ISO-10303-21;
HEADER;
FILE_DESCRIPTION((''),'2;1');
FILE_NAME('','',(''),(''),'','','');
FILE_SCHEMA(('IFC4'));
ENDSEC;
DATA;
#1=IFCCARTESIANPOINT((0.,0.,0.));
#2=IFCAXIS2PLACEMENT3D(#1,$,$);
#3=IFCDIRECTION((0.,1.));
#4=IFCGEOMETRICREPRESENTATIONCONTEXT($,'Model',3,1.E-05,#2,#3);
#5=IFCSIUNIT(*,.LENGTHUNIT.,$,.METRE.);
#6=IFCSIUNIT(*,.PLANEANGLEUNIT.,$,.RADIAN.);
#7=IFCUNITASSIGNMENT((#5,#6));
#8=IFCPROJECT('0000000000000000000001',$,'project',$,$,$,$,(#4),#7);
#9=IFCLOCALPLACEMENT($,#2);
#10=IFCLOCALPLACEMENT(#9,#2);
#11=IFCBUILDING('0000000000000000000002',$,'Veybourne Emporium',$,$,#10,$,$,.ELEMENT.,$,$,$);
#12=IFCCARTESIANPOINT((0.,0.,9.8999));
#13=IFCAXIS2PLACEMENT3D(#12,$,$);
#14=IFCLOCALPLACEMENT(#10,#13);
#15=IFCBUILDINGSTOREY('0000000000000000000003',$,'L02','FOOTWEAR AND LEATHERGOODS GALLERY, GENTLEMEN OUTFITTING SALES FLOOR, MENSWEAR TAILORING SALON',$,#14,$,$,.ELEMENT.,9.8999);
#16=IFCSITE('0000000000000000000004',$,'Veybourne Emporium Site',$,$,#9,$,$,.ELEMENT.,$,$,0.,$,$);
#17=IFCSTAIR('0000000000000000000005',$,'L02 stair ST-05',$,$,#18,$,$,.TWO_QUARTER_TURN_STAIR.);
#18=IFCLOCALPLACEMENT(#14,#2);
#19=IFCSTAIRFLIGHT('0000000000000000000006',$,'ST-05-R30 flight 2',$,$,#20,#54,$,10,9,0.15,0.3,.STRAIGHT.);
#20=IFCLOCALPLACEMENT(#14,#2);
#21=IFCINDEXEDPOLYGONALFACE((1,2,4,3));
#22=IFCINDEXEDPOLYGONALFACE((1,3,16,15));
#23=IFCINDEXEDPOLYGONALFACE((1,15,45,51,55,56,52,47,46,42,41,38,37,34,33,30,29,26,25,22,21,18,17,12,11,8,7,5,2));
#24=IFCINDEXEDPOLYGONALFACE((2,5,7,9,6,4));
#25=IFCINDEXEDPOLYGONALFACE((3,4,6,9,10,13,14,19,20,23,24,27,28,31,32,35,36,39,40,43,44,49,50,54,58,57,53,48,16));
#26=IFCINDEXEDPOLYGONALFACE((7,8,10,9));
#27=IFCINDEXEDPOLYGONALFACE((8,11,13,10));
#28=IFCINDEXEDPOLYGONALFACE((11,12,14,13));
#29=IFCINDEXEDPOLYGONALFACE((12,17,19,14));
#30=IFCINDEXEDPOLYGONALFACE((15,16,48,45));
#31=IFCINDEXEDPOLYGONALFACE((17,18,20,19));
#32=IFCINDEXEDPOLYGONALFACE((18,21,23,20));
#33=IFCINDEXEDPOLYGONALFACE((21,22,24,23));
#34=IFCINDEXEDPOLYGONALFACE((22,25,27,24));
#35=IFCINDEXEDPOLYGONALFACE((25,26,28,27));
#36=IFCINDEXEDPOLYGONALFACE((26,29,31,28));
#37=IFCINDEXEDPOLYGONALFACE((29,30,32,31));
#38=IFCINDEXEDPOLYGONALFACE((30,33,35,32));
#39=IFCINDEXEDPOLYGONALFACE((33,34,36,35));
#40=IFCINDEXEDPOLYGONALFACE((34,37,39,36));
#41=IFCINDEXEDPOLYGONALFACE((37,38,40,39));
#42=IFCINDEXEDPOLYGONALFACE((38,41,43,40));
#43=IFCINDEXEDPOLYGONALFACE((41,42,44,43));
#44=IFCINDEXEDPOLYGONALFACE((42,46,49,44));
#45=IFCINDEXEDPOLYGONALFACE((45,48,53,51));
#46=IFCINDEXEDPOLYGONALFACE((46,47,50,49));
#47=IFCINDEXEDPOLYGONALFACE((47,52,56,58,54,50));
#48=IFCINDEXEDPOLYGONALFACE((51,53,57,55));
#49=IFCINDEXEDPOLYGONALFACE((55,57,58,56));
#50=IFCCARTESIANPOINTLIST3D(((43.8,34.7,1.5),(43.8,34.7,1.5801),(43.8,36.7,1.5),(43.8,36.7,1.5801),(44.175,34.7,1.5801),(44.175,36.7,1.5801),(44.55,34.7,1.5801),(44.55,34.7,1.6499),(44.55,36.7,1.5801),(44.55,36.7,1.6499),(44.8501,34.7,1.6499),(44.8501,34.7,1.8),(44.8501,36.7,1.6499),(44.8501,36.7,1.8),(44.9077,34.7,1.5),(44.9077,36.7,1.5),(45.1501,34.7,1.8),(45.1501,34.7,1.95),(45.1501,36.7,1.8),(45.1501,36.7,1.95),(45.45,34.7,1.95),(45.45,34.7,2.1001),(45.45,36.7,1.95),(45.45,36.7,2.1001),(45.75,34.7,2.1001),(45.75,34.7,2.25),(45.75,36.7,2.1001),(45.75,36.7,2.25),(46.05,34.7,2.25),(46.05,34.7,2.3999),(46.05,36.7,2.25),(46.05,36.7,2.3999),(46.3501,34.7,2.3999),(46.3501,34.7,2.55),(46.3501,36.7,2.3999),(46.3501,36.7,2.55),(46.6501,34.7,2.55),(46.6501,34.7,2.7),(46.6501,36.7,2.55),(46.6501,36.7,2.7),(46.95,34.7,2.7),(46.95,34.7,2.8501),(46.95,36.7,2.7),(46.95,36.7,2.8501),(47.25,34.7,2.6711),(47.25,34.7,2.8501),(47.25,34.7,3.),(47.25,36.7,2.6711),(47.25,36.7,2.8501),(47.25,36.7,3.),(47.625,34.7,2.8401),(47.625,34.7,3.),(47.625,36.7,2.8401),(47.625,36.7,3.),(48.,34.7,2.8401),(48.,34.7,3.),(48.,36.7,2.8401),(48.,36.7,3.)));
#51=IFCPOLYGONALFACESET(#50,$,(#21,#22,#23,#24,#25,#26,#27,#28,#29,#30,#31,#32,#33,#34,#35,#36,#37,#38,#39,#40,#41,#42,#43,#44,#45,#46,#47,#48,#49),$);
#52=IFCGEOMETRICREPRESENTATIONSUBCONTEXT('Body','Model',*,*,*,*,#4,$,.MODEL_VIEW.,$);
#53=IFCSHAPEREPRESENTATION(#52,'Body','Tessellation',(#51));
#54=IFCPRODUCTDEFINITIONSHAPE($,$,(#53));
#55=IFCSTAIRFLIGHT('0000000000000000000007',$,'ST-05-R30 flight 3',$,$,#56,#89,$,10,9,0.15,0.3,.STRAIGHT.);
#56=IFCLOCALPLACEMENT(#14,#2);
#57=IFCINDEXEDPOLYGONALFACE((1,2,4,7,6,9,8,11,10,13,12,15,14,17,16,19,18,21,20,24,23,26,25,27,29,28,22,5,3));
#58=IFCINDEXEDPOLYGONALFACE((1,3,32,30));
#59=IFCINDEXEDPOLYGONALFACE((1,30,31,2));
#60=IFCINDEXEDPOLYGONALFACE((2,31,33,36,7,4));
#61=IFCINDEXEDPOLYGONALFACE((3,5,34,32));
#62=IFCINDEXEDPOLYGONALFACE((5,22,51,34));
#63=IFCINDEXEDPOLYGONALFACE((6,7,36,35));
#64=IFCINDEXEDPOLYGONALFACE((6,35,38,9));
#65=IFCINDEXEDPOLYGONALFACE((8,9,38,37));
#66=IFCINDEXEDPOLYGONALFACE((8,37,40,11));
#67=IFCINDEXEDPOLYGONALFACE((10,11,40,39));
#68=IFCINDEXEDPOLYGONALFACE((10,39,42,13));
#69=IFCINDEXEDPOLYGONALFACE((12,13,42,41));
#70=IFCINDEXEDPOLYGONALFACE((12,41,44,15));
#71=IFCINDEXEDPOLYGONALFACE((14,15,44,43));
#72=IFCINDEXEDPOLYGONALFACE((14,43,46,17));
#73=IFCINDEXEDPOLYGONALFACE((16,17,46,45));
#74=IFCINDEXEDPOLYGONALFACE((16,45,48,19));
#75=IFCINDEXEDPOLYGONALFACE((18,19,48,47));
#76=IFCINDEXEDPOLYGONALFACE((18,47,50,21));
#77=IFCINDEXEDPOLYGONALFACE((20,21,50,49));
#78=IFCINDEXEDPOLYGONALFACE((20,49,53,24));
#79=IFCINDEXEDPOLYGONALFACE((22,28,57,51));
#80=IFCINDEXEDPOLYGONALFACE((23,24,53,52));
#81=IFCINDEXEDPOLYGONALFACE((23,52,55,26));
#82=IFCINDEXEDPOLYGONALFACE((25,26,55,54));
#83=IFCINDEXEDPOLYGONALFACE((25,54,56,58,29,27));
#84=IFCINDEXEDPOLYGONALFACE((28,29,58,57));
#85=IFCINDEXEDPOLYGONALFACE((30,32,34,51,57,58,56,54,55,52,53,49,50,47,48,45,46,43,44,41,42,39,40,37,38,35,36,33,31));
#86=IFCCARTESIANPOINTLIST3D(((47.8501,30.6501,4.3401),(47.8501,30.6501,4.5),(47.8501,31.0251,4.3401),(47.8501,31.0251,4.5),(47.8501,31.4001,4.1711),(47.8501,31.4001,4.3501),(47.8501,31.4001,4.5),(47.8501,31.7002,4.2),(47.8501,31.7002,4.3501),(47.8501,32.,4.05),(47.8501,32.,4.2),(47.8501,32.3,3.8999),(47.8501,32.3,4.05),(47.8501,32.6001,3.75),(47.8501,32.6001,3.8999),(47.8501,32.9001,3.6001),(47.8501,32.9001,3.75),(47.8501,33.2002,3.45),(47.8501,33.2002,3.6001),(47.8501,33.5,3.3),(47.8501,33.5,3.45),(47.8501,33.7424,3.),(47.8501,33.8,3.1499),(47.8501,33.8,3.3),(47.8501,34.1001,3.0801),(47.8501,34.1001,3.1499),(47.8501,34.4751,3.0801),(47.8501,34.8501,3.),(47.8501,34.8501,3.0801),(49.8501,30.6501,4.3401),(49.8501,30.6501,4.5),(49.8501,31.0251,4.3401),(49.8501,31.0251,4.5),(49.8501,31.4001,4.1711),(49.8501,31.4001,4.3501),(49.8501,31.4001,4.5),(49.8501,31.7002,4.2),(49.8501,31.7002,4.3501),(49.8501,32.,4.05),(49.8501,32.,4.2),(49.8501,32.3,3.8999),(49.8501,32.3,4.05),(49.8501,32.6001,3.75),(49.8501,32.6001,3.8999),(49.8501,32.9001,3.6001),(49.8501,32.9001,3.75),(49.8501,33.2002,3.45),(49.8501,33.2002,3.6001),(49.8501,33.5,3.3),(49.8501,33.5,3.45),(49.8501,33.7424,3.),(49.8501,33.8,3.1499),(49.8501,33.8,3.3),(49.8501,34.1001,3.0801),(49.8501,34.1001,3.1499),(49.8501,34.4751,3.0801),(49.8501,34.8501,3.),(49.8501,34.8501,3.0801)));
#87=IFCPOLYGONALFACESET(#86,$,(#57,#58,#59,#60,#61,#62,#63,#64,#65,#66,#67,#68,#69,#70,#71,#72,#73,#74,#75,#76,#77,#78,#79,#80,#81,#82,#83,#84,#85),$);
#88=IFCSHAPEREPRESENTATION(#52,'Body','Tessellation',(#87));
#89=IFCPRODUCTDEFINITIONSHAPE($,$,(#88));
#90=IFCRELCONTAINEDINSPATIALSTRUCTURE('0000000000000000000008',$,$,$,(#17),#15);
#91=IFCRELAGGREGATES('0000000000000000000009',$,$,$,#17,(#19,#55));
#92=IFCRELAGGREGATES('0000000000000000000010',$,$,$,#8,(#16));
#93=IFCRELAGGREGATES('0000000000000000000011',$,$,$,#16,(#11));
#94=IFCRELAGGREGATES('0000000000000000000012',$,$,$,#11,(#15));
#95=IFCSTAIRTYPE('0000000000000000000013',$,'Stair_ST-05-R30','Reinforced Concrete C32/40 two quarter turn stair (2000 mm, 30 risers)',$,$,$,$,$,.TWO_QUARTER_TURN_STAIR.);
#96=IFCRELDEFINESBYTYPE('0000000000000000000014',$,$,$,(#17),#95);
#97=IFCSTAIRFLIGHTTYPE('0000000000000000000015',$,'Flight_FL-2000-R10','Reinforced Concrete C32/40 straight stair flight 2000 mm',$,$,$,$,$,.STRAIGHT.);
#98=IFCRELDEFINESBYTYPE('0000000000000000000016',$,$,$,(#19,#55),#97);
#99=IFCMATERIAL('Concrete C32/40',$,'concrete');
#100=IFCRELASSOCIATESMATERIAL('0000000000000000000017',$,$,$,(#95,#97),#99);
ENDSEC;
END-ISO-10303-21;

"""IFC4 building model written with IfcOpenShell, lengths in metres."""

from ifc_helpers import new_model, si_unit, direction, frame, origin, place, context, subcontext, project, spatial, polyline, outline, extrude, material, type_object, element, aggregate, save


model = new_model("IFC4")

# Units and contexts
model_context = context("Model", 3, precision=1e-05, world=origin(), true_north=direction((0.0, 1.0)))
body_context = subcontext(model_context, "Body", "Model", "MODEL_VIEW")
ifc_project = project(units=[si_unit("LENGTHUNIT", "METRE"), si_unit("PLANEANGLEUNIT", "RADIAN")], contexts=[model_context])

# Site, building, storey
site_placement = place(None, origin())
site = spatial("IfcSite", under=ifc_project, at=site_placement, Name="Veybourne Emporium Site", CompositionType="ELEMENT", RefElevation=0.0)
building_placement = place(site_placement, origin())
building = spatial("IfcBuilding", under=site, at=building_placement, Name="Veybourne Emporium", CompositionType="ELEMENT")
storey_placement = place(building_placement, frame((0.0, 0.0, 9.8999)))
storey = spatial("IfcBuildingStorey", under=building, at=storey_placement, Name="L02", Description="FOOTWEAR AND LEATHERGOODS GALLERY, GENTLEMEN OUTFITTING SALES FLOOR, MENSWEAR TAILORING SALON", CompositionType="ELEMENT", Elevation=9.8999)

# Shared definitions
ifc_material_1 = material(Name="Concrete C32/40", Category="concrete")

# Stair, stair flights
stair_type = type_object("IfcStairType", Name="Stair_ST-05-R30", Description="Reinforced Concrete C32/40 two quarter turn stair (2000 mm, 30 risers)", PredefinedType="TWO_QUARTER_TURN_STAIR", material=ifc_material_1)
stair_placement = place(storey_placement, origin())
stair = element("IfcStair", 1, at=stair_placement, inside=storey, type_object=stair_type, Name="L02 stair ST-05", PredefinedType="TWO_QUARTER_TURN_STAIR")
stair_flight_type = type_object("IfcStairFlightType", Name="Flight_FL-2000-R10", Description="Reinforced Concrete C32/40 straight stair flight 2000 mm", PredefinedType="STRAIGHT", material=ifc_material_1)
stair_flight_1_placement = place(storey_placement, frame((44.55, 35.7, 1.5), z_axis=(0.0, 0.0, 1.0), x_axis=(1.0, 0.0, 0.0)))
stair_flight_1 = element("IfcStairFlight", 2, at=stair_flight_1_placement, type_object=stair_flight_type, Name="ST-05-R30 flight 2", NumberOfRisers=10, NumberOfTreads=9, PredefinedType="STRAIGHT", RiserHeight=0.15, TreadLength=0.3, context=body_context, shape_type="SweptSolid", body=[
    extrude(outline(polyline([(-0.75, 0.0), (-0.75, 0.0801), (-0.375, 0.0801), (0.0, 0.0801), (0.0, 0.1499), (0.3, 0.1499), (0.3, 0.3), (0.6001, 0.3), (0.6001, 0.45), (0.8999, 0.45), (0.8999, 0.6001), (1.2, 0.6001), (1.2, 0.75), (1.5, 0.75), (1.5, 0.8999), (1.8, 0.8999), (1.8, 1.05), (2.1001, 1.05), (2.1001, 1.2), (2.3999, 1.2), (2.3999, 1.3501), (2.7, 1.3501), (2.7, 1.5), (3.075, 1.5), (3.45, 1.5), (3.45, 1.3401), (3.075, 1.3401), (2.7, 1.1711), (0.3577, 0.0), (-0.75, 0.0)])), frame((0.0, 1.0, 0.0), z_axis=(0.0, -1.0, 0.0), x_axis=(1.0, 0.0, 0.0)), (0.0, 0.0, 1.0), 2.0),
])
stair_flight_2_placement = place(storey_placement, frame((48.8501, 34.1001, 3.0), z_axis=(0.0, 0.0, 1.0), x_axis=(0.0, -1.0, 0.0)))
stair_flight_2 = element("IfcStairFlight", 3, at=stair_flight_2_placement, type_object=stair_flight_type, Name="ST-05-R30 flight 3", NumberOfRisers=10, NumberOfTreads=9, PredefinedType="STRAIGHT", RiserHeight=0.15, TreadLength=0.3, context=body_context, shape_type="SweptSolid", body=[
    extrude(outline(polyline([(-0.75, 0.0), (-0.75, 0.0801), (-0.375, 0.0801), (0.0, 0.0801), (0.0, 0.1499), (0.3, 0.1499), (0.3, 0.3), (0.6001, 0.3), (0.6001, 0.45), (0.8999, 0.45), (0.8999, 0.6001), (1.2, 0.6001), (1.2, 0.75), (1.5, 0.75), (1.5, 0.8999), (1.8, 0.8999), (1.8, 1.05), (2.1001, 1.05), (2.1001, 1.2), (2.3999, 1.2), (2.3999, 1.3501), (2.7, 1.3501), (2.7, 1.5), (3.075, 1.5), (3.45, 1.5), (3.45, 1.3401), (3.075, 1.3401), (2.7, 1.1711), (0.3577, 0.0), (-0.75, 0.0)])), frame((0.0, 1.0, 0.0), z_axis=(0.0, -1.0, 0.0), x_axis=(1.0, 0.0, 0.0)), (0.0, 0.0, 1.0), 2.0),
])
aggregate(stair, [stair_flight_1, stair_flight_2])

save(model, "model.ifc")
